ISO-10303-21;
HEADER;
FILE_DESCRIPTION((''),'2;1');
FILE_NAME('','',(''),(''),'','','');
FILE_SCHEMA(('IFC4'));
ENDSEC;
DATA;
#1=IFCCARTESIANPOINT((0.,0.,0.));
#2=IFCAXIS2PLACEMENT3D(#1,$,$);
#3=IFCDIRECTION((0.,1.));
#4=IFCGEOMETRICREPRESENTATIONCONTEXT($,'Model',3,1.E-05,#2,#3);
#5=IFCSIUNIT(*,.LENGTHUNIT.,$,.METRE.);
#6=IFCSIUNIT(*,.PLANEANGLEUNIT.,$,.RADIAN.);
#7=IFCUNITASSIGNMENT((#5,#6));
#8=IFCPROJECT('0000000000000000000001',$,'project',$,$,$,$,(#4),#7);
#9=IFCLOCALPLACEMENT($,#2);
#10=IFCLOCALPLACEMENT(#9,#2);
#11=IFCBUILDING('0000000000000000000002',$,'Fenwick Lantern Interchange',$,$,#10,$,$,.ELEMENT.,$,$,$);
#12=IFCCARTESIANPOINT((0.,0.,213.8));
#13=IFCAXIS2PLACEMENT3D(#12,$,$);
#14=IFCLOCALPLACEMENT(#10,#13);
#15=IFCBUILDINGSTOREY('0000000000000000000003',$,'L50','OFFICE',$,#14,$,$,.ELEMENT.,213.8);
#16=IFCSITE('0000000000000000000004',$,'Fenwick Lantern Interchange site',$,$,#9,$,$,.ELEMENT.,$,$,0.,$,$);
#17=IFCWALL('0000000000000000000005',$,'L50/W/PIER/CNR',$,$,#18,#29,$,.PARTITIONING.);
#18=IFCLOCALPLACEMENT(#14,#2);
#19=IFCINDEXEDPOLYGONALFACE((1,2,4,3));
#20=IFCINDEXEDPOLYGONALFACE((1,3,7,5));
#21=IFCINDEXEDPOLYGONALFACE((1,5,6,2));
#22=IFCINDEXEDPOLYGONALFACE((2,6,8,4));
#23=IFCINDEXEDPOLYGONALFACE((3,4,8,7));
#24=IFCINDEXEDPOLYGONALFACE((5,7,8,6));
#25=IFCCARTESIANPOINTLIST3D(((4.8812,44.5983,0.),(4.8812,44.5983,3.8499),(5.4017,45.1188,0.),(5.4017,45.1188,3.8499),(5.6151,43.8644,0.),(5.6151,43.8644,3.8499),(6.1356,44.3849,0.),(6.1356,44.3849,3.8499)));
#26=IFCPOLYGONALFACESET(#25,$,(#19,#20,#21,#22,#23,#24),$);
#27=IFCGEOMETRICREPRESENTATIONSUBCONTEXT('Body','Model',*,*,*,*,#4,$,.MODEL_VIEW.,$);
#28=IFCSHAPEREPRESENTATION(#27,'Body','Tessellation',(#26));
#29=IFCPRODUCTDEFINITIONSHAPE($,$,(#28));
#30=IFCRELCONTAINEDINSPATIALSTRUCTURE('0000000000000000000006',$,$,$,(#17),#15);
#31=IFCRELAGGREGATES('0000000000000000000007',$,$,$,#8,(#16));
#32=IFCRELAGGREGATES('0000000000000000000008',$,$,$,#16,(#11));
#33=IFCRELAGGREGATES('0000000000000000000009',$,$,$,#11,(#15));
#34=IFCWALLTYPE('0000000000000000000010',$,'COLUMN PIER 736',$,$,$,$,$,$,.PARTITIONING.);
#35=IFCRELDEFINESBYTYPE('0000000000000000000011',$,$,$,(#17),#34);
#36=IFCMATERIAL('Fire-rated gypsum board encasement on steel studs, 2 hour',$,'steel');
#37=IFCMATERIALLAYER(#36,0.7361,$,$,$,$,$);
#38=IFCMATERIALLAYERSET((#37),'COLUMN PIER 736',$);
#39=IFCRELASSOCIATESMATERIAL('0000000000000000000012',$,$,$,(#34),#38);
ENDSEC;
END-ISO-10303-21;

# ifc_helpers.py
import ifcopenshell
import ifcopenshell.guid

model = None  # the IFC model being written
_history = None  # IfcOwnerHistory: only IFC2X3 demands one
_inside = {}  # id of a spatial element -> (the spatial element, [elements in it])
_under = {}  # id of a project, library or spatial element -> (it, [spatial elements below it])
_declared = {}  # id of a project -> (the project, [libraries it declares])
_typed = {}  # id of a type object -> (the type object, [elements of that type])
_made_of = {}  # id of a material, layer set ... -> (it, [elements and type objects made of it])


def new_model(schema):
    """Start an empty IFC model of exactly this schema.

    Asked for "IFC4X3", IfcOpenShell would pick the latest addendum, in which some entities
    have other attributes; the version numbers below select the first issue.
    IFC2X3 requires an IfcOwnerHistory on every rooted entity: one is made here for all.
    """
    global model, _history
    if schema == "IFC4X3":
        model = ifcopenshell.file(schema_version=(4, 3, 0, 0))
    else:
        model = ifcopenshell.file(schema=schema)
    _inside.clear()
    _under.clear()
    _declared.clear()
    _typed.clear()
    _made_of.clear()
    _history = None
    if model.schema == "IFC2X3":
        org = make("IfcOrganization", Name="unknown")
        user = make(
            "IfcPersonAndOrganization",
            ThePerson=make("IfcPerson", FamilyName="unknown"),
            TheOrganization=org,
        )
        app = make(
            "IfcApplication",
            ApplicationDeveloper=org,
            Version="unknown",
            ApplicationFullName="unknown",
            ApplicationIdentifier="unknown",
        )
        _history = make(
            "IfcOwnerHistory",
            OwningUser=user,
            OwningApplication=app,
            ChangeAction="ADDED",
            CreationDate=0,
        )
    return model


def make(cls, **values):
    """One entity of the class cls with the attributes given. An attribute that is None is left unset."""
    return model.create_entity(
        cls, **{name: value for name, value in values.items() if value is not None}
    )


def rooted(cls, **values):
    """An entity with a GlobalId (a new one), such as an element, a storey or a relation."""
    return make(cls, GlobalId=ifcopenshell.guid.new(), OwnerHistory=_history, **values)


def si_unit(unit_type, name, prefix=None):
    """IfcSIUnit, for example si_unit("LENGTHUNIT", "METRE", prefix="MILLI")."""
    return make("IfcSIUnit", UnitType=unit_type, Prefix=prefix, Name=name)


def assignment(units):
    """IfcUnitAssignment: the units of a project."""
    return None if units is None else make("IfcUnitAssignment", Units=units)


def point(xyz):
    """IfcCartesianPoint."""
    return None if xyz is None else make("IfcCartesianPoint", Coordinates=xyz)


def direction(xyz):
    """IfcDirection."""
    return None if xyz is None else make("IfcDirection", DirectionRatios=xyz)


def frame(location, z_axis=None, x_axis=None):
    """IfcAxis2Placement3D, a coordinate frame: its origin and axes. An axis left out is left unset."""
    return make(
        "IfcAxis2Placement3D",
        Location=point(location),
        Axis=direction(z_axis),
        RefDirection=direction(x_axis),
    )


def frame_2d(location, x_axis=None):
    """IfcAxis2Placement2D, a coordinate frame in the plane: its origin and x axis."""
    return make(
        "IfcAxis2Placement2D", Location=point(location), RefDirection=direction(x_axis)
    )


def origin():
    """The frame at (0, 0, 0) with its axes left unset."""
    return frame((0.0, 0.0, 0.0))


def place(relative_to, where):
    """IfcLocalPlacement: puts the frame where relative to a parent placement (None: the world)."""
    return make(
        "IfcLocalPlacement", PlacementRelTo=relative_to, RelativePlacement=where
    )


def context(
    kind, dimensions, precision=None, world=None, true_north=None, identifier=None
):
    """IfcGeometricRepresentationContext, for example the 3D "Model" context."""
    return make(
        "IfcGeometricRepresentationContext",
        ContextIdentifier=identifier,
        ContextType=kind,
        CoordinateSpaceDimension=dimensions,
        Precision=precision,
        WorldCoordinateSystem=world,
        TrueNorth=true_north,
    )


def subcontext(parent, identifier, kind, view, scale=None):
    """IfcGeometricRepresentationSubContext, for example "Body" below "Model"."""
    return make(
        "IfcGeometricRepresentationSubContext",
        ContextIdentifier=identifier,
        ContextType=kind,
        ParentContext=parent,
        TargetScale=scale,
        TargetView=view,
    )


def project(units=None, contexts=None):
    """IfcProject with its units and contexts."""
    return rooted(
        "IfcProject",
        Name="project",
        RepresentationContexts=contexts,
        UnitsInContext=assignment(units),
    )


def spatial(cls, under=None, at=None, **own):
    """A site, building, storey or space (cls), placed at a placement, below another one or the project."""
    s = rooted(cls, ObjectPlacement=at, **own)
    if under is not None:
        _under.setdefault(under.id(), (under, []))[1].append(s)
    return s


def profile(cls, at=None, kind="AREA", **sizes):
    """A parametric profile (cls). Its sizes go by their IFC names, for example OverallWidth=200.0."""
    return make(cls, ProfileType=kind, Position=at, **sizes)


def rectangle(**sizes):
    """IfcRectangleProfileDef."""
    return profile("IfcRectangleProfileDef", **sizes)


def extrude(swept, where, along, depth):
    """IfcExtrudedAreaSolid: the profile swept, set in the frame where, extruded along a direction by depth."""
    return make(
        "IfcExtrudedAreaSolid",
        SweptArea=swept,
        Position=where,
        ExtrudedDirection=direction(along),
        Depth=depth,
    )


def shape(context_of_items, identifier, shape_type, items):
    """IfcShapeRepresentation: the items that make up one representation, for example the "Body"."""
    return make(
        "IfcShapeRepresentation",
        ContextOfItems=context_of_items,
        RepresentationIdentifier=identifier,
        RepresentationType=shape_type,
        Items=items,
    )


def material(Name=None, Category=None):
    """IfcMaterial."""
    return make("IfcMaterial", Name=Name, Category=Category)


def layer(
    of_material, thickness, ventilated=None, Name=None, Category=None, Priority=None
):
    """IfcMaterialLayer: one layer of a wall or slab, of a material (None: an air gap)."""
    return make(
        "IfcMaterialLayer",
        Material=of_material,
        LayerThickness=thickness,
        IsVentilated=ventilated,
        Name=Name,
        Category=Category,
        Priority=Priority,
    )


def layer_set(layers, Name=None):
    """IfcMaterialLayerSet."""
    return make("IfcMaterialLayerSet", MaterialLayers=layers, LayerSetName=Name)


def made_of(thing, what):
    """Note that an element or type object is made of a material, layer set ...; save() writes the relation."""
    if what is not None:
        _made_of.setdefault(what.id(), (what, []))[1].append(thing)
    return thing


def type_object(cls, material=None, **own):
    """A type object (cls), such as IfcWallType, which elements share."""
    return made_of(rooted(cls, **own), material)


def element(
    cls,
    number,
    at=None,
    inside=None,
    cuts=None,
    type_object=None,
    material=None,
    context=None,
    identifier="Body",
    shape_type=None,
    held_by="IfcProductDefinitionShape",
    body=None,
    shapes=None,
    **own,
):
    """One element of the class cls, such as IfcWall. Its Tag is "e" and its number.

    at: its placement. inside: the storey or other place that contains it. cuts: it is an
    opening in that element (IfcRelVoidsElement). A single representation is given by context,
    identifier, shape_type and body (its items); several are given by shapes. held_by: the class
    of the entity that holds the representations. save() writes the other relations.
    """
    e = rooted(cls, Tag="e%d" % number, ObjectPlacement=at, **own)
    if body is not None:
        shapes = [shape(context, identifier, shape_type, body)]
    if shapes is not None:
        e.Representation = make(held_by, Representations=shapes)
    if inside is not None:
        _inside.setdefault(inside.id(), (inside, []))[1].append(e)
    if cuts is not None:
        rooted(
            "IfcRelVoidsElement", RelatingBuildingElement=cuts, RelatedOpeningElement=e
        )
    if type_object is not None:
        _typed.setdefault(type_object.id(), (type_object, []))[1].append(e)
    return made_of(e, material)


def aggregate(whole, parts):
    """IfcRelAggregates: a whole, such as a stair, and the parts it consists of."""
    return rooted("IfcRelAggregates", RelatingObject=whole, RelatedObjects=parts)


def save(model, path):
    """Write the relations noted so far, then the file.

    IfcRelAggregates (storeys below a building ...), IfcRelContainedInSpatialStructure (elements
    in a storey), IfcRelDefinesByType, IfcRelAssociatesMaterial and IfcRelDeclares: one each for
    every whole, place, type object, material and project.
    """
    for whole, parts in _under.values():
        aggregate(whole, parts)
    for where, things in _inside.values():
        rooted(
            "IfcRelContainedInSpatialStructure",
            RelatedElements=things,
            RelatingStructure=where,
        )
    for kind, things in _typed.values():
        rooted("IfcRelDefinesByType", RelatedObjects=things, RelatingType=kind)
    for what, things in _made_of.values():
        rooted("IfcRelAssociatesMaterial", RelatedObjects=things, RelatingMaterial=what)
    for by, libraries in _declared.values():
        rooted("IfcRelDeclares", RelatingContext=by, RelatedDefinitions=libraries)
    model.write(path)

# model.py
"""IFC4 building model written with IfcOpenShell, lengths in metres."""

from ifc_helpers import new_model, si_unit, direction, frame, frame_2d, origin, place, context, subcontext, project, spatial, rectangle, extrude, material, layer, layer_set, type_object, element, save


model = new_model("IFC4")

# Units and contexts
model_context = context("Model", 3, precision=1e-05, world=origin(), true_north=direction((0.0, 1.0)))
body_context = subcontext(model_context, "Body", "Model", "MODEL_VIEW")
ifc_project = project(units=[si_unit("LENGTHUNIT", "METRE"), si_unit("PLANEANGLEUNIT", "RADIAN")], contexts=[model_context])

# Site, building, storey
site_placement = place(None, origin())
site = spatial("IfcSite", under=ifc_project, at=site_placement, Name="Fenwick Lantern Interchange site", CompositionType="ELEMENT", RefElevation=0.0)
building_placement = place(site_placement, origin())
building = spatial("IfcBuilding", under=site, at=building_placement, Name="Fenwick Lantern Interchange", CompositionType="ELEMENT")
storey_placement = place(building_placement, frame((0.0, 0.0, 213.8)))
storey = spatial("IfcBuildingStorey", under=building, at=storey_placement, Name="L50", Description="OFFICE", CompositionType="ELEMENT", Elevation=213.8)

# Wall
ifc_material_1 = material(Name="Fire-rated gypsum board encasement on steel studs, 2 hour", Category="steel")
ifc_layer_1 = layer(ifc_material_1, 0.7361)
ifc_layer_set_1 = layer_set([ifc_layer_1], Name="COLUMN PIER 736")
wall_type_1 = type_object("IfcWallType", Name="COLUMN PIER 736", PredefinedType="PARTITIONING", material=ifc_layer_set_1)
wall_1_placement = place(storey_placement, frame((5.1414, 44.8586, 0.0), z_axis=(0.0, 0.0, 1.0), x_axis=(0.707107, -0.707107, 0.0)))
element("IfcWall", 1, at=wall_1_placement, inside=storey, type_object=wall_type_1, Name="L50/W/PIER/CNR", PredefinedType="PARTITIONING", context=body_context, shape_type="SweptSolid", body=[
    extrude(rectangle(XDim=1.0378, YDim=0.7361, at=frame_2d((0.519, 0.0))), origin(), (0.0, 0.0, 1.0), 3.8499),
])

save(model, "model.ifc")
